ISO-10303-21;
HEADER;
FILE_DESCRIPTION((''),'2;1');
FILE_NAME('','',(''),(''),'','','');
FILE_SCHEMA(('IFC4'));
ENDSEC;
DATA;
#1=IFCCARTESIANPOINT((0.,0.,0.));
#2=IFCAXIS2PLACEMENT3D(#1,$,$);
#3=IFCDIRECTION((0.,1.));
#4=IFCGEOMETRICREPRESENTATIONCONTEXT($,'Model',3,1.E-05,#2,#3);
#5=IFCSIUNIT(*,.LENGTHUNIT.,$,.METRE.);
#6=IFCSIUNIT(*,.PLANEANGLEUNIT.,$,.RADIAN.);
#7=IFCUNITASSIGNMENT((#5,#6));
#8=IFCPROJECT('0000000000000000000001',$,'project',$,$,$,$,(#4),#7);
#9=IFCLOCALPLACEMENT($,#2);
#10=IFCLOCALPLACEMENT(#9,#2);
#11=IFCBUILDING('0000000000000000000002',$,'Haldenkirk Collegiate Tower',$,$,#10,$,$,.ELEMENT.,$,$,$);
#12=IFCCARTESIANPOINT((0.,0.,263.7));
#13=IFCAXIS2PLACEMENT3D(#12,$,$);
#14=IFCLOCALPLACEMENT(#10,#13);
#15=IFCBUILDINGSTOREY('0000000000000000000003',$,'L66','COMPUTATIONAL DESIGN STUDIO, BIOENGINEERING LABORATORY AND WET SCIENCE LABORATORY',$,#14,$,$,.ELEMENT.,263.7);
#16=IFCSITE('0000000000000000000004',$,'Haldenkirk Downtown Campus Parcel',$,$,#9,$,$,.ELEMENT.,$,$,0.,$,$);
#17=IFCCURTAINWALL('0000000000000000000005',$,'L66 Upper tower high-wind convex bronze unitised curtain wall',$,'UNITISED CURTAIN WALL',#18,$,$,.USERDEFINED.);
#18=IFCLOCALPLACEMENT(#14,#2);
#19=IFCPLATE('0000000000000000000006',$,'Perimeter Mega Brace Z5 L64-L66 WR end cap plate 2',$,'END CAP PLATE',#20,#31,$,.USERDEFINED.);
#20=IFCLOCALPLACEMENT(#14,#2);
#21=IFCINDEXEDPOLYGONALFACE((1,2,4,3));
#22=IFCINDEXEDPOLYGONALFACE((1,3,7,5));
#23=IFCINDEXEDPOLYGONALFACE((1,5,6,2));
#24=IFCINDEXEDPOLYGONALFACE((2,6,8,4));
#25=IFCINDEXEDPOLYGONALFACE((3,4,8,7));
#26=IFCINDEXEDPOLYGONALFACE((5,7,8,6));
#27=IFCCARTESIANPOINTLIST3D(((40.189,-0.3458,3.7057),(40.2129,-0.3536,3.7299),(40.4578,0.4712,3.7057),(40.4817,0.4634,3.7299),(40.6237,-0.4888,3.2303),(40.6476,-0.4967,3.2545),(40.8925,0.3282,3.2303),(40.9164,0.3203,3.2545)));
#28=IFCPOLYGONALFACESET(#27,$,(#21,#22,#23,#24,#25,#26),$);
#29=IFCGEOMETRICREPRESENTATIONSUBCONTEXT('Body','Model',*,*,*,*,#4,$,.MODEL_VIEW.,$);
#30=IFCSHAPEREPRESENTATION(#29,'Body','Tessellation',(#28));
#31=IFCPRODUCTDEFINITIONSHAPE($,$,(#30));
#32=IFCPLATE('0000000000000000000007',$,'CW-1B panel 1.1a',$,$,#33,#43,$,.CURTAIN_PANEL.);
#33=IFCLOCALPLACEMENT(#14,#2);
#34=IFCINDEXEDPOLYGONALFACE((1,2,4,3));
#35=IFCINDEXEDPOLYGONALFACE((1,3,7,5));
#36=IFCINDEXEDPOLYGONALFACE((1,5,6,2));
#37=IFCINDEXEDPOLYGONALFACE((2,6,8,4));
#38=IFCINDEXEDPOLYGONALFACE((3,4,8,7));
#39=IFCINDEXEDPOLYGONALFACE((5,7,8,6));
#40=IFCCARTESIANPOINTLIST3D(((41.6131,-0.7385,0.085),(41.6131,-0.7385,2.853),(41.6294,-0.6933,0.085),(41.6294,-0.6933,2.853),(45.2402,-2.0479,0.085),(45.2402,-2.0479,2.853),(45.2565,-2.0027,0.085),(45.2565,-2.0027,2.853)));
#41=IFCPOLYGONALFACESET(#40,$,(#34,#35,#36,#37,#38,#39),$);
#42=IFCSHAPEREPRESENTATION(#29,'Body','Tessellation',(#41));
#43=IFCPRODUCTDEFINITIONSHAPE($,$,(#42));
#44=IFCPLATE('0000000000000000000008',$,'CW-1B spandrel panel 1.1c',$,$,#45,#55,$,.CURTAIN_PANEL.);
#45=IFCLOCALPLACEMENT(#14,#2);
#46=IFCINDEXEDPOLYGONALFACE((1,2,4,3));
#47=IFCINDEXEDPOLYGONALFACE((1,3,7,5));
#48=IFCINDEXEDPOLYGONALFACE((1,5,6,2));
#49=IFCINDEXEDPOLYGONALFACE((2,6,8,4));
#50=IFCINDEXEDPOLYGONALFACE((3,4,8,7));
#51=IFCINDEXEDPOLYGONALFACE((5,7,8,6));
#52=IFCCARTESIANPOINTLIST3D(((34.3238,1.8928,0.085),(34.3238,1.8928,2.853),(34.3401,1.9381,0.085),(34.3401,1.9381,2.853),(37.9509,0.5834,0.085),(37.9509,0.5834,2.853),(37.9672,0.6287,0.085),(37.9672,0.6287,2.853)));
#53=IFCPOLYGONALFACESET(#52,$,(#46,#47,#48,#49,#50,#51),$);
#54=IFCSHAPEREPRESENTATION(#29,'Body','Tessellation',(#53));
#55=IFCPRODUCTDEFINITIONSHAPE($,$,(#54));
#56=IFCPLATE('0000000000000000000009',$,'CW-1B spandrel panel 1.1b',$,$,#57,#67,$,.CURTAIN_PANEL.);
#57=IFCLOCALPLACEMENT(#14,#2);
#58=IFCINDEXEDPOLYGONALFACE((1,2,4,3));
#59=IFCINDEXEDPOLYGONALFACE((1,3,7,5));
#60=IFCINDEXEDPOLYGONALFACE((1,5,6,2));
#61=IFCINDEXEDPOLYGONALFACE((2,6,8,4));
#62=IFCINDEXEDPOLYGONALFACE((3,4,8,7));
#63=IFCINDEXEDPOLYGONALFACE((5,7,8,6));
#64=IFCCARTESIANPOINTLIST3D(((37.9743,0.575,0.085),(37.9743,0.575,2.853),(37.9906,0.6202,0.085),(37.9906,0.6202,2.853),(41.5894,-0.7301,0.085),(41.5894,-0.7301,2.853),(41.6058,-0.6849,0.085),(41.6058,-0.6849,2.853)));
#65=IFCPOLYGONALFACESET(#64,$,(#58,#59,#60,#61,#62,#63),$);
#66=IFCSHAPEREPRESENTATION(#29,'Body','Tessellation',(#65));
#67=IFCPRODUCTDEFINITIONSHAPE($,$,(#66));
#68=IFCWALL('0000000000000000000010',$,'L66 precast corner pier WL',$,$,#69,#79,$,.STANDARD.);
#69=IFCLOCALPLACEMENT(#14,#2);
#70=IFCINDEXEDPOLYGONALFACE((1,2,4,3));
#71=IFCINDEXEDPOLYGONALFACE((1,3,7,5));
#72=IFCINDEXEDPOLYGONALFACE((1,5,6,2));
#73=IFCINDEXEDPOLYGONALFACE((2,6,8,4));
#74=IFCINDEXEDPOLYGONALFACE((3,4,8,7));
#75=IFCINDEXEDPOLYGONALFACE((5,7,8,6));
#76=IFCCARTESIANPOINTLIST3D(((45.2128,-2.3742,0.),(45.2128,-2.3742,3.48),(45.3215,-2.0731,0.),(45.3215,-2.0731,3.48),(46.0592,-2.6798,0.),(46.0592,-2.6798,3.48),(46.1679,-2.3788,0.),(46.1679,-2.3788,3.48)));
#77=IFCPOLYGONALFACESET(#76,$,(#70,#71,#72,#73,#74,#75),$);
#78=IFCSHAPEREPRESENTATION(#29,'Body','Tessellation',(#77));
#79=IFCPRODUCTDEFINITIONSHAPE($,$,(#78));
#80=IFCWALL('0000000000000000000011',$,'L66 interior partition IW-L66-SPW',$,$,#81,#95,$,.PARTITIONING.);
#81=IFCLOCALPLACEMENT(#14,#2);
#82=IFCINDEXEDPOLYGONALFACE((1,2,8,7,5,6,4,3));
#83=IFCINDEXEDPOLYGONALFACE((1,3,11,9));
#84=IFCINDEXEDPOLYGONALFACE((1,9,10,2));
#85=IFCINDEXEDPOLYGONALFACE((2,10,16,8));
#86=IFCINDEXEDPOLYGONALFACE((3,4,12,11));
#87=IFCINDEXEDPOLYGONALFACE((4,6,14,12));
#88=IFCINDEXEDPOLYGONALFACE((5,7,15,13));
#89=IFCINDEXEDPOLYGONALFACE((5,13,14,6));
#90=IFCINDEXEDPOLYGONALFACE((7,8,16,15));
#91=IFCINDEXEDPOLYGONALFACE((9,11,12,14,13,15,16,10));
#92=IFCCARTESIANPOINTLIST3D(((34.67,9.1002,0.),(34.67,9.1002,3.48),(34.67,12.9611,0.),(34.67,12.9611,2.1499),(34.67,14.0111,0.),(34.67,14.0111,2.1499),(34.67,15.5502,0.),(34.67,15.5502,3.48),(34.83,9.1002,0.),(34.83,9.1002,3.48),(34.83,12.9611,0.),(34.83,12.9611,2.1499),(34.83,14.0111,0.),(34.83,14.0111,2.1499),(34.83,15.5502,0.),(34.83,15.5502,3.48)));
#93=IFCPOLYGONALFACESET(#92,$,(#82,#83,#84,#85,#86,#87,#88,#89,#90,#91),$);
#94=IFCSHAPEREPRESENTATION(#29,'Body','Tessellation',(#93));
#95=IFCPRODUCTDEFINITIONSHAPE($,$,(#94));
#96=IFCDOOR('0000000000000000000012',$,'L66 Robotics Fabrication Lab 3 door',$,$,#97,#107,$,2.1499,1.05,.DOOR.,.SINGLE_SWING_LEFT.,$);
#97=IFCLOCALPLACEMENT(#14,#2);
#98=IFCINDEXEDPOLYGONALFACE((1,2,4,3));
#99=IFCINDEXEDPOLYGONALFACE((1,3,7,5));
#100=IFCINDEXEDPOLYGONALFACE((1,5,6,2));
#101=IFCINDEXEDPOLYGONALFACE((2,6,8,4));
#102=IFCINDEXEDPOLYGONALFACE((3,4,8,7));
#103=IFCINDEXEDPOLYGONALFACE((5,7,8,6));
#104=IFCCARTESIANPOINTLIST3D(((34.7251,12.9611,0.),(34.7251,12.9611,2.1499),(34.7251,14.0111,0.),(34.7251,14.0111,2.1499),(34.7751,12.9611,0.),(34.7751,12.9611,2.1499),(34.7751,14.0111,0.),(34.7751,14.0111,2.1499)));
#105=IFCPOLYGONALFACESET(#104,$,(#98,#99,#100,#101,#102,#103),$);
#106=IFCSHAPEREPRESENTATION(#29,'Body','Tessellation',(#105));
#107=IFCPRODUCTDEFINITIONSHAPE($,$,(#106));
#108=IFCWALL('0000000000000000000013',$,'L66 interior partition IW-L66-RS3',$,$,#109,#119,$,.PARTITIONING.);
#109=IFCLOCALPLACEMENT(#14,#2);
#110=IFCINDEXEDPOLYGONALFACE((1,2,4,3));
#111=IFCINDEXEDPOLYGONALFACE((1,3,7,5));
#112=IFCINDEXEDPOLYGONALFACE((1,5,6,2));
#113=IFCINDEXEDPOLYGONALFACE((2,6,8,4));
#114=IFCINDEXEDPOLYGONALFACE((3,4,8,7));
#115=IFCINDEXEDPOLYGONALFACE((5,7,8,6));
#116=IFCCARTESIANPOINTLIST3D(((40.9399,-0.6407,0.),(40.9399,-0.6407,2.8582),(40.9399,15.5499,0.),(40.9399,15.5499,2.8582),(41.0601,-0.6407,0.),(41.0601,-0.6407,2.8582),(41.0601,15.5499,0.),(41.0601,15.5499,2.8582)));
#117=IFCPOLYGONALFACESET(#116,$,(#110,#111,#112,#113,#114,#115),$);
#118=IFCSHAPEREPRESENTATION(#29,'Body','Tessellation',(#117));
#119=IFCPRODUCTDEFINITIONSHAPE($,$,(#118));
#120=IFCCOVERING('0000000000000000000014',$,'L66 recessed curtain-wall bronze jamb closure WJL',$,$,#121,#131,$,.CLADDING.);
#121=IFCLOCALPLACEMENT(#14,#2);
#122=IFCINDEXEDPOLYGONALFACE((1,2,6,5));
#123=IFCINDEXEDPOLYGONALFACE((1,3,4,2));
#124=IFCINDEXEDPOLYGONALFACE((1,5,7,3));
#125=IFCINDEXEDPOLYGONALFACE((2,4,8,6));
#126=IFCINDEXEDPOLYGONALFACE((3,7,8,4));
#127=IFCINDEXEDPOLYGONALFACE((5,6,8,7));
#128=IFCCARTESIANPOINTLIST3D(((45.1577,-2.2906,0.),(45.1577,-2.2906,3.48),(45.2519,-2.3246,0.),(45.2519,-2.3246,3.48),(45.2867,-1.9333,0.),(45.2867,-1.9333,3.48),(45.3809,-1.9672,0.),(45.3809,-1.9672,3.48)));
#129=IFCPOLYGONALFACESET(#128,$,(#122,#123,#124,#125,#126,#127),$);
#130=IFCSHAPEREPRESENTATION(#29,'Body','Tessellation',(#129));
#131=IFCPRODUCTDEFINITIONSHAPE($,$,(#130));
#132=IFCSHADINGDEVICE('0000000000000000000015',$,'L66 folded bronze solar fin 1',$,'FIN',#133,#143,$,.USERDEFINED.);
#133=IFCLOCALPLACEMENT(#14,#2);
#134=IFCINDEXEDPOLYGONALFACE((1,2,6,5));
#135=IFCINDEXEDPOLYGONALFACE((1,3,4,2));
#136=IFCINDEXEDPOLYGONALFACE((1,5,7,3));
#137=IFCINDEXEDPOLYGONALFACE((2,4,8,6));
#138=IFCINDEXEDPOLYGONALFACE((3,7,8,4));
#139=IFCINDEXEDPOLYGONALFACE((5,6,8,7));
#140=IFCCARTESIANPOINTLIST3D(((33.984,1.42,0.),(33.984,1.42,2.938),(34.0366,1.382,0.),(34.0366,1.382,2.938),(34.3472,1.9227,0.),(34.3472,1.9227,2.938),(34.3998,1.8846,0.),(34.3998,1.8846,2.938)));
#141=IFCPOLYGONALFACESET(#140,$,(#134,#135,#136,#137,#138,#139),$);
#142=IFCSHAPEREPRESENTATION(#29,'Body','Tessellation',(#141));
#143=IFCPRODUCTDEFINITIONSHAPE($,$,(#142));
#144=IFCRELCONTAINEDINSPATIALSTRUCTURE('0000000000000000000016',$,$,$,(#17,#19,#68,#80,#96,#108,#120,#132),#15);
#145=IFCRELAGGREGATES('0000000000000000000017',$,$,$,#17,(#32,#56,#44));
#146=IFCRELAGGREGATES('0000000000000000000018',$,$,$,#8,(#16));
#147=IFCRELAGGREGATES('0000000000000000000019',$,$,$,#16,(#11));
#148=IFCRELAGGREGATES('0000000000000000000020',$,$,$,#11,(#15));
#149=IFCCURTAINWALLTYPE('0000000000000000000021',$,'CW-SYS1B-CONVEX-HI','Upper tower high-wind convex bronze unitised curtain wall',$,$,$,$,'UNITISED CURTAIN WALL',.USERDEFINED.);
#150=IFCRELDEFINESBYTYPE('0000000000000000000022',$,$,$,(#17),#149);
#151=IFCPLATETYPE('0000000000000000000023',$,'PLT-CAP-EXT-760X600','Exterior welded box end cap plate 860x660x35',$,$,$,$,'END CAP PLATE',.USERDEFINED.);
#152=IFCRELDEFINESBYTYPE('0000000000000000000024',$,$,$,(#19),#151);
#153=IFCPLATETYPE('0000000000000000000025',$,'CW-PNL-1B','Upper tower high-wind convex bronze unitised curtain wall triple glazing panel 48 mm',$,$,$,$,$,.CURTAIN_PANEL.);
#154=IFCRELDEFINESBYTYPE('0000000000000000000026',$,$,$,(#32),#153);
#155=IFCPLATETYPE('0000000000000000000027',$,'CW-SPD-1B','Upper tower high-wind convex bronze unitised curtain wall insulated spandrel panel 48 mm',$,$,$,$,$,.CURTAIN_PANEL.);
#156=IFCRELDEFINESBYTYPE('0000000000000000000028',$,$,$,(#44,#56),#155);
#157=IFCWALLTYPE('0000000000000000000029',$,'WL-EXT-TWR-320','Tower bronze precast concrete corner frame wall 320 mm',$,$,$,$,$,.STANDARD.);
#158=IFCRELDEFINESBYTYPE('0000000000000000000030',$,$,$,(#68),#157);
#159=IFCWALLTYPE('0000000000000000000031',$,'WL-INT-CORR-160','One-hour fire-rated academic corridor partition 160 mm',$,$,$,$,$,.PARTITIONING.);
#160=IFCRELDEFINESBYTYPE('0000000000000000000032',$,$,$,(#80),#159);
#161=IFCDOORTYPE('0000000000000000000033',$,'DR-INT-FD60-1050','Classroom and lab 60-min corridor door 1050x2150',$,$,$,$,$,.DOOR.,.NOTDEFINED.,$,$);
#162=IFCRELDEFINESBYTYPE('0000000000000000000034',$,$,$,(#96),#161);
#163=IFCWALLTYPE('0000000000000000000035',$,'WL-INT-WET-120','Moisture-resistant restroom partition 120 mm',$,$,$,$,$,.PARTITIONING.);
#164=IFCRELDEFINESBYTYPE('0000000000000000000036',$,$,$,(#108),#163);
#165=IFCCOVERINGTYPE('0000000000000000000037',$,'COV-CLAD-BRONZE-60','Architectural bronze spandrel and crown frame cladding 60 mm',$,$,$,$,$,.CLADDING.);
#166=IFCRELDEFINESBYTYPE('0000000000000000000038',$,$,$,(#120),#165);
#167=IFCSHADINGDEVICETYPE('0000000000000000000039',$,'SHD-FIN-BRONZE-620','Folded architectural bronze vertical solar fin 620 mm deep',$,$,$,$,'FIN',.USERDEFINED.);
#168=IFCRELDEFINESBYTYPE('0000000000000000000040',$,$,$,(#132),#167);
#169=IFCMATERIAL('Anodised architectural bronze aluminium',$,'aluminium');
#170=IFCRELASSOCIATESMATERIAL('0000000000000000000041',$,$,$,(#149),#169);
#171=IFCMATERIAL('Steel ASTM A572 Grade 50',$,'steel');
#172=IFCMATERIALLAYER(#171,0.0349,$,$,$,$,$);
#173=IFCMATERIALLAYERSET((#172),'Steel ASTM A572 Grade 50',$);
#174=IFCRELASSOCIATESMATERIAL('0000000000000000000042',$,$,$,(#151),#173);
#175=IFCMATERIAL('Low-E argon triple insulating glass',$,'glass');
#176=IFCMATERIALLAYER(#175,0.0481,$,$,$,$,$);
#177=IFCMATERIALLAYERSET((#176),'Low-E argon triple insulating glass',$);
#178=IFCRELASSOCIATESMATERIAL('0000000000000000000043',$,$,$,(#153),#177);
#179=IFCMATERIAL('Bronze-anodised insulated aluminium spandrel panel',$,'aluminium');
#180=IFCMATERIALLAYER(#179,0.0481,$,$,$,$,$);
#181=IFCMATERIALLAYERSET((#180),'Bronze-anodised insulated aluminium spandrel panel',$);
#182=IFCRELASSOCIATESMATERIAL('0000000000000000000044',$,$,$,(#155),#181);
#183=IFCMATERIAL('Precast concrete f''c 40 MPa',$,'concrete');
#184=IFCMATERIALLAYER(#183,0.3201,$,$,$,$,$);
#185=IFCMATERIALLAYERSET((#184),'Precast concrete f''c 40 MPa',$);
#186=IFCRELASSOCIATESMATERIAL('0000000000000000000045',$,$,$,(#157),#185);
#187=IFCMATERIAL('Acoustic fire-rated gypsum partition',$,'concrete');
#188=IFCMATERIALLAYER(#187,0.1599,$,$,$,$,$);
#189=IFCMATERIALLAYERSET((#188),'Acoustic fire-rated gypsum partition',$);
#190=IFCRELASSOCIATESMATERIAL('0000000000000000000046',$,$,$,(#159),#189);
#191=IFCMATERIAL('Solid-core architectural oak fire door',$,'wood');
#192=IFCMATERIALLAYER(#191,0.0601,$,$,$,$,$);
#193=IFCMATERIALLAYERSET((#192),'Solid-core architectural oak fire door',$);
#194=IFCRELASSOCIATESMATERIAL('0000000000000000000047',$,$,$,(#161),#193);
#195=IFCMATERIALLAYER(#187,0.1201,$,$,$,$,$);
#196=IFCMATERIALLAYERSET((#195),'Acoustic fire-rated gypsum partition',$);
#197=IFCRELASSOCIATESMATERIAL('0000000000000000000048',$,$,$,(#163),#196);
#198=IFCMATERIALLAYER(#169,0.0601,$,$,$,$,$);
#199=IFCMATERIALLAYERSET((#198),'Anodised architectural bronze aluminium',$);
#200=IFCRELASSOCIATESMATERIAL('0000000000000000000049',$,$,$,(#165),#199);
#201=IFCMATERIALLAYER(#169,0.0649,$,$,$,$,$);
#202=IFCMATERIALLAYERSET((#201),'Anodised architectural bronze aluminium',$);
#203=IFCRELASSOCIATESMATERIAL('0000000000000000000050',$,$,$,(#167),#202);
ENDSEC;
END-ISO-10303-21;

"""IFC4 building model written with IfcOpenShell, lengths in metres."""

from ifc_helpers import new_model, si_unit, direction, frame, frame_2d, origin, origin_2d, place, context, subcontext, project, spatial, rectangle, extrude, source, transform, mapped, material, layer, layer_set, type_object, element, fill, aggregate, save


model = new_model("IFC4")

# Units and contexts
model_context = context("Model", 3, precision=1e-05, world=origin(), true_north=direction((0.0, 1.0)))
body_context = subcontext(model_context, "Body", "Model", "MODEL_VIEW")
ifc_project = project(units=[si_unit("LENGTHUNIT", "METRE"), si_unit("PLANEANGLEUNIT", "RADIAN")], contexts=[model_context])

# Site, building, storey
site_placement = place(None, origin())
site = spatial("IfcSite", under=ifc_project, at=site_placement, Name="Haldenkirk Downtown Campus Parcel", CompositionType="ELEMENT", RefElevation=0.0)
building_placement = place(site_placement, origin())
building = spatial("IfcBuilding", under=site, at=building_placement, Name="Haldenkirk Collegiate Tower", CompositionType="ELEMENT")
storey_placement = place(building_placement, frame((0.0, 0.0, 263.7)))
storey = spatial("IfcBuildingStorey", under=building, at=storey_placement, Name="L66", Description="COMPUTATIONAL DESIGN STUDIO, BIOENGINEERING LABORATORY AND WET SCIENCE LABORATORY", CompositionType="ELEMENT", Elevation=263.7)

# Curtain wall
ifc_material_1 = material(Name="Anodised architectural bronze aluminium", Category="aluminium")
curtain_wall_type = type_object("IfcCurtainWallType", Name="CW-SYS1B-CONVEX-HI", Description="Upper tower high-wind convex bronze unitised curtain wall", ElementType="UNITISED CURTAIN WALL", PredefinedType="USERDEFINED", material=ifc_material_1)
curtain_wall_placement = place(storey_placement, origin())
curtain_wall = element("IfcCurtainWall", 1, at=curtain_wall_placement, inside=storey, type_object=curtain_wall_type, Name="L66 Upper tower high-wind convex bronze unitised curtain wall", ObjectType="UNITISED CURTAIN WALL", PredefinedType="USERDEFINED")

# Plates
ifc_material_2 = material(Name="Steel ASTM A572 Grade 50", Category="steel")
ifc_layer_1 = layer(ifc_material_2, 0.0349)
ifc_layer_set_1 = layer_set([ifc_layer_1], Name="Steel ASTM A572 Grade 50")
plate_type_1 = type_object("IfcPlateType", Name="PLT-CAP-EXT-760X600", Description="Exterior welded box end cap plate 860x660x35", ElementType="END CAP PLATE", PredefinedType="USERDEFINED", material=ifc_layer_set_1)
shared_shape_1 = source(origin(), body_context, "Body", "SweptSolid", [
    extrude(rectangle(XDim=0.8601, YDim=0.6599, at=origin_2d()), origin(), (0.0, 0.0, 1.0), 0.0349),
])
plate_1_placement = place(storey_placement, frame((40.5408, -0.0088, 3.468), z_axis=(0.684355, -0.225155, 0.693515), x_axis=(0.312524, 0.94991, 0.0)))
element("IfcPlate", 2, at=plate_1_placement, inside=storey, type_object=plate_type_1, Name="Perimeter Mega Brace Z5 L64-L66 WR end cap plate 2", ObjectType="END CAP PLATE", PredefinedType="USERDEFINED", context=body_context, shape_type="MappedRepresentation", body=[
    mapped(shared_shape_1, transform((0.0, 0.0, 0.0), x_axis=(1.0, 0.0, 0.0), y_axis=(0.0, 1.0, 0.0), z_axis=(0.0, 0.0, 1.0), scale=1.0)),
])
ifc_material_3 = material(Name="Low-E argon triple insulating glass", Category="glass")
ifc_layer_2 = layer(ifc_material_3, 0.0481)
ifc_layer_set_2 = layer_set([ifc_layer_2], Name="Low-E argon triple insulating glass")
plate_type_2 = type_object("IfcPlateType", Name="CW-PNL-1B", Description="Upper tower high-wind convex bronze unitised curtain wall triple glazing panel 48 mm", PredefinedType="CURTAIN_PANEL", material=ifc_layer_set_2)
shared_shape_2 = source(origin(), body_context, "Body", "SweptSolid", [
    extrude(rectangle(XDim=3.8562, YDim=0.0481, at=origin_2d()), origin(), (0.0, 0.0, 1.0), 2.7681),
])
plate_2_placement = place(storey_placement, frame((43.4348, -1.3706, 0.085), z_axis=(0.0, 0.0, 1.0), x_axis=(-0.940585, 0.339559, 0.0)))
plate_2 = element("IfcPlate", 3, at=plate_2_placement, type_object=plate_type_2, Name="CW-1B panel 1.1a", PredefinedType="CURTAIN_PANEL", context=body_context, shape_type="MappedRepresentation", body=[
    mapped(shared_shape_2, transform((0.0, 0.0, 0.0), x_axis=(1.0, 0.0, 0.0), y_axis=(0.0, 1.0, 0.0), z_axis=(0.0, 0.0, 1.0), scale=1.0)),
])
ifc_material_4 = material(Name="Bronze-anodised insulated aluminium spandrel panel", Category="aluminium")
ifc_layer_3 = layer(ifc_material_4, 0.0481)
ifc_layer_set_3 = layer_set([ifc_layer_3], Name="Bronze-anodised insulated aluminium spandrel panel")
plate_type_3 = type_object("IfcPlateType", Name="CW-SPD-1B", Description="Upper tower high-wind convex bronze unitised curtain wall insulated spandrel panel 48 mm", PredefinedType="CURTAIN_PANEL", material=ifc_layer_set_3)
plate_3_placement = place(storey_placement, frame((36.1455, 1.2607, 0.085), z_axis=(0.0, 0.0, 1.0), x_axis=(-0.940585, 0.339559, 0.0)))
plate_3 = element("IfcPlate", 4, at=plate_3_placement, type_object=plate_type_3, Name="CW-1B spandrel panel 1.1c", PredefinedType="CURTAIN_PANEL", context=body_context, shape_type="MappedRepresentation", body=[
    mapped(shared_shape_2, transform((0.0, 0.0, 0.0), x_axis=(1.0, 0.0, 0.0), y_axis=(0.0, 1.0, 0.0), z_axis=(0.0, 0.0, 1.0), scale=1.0)),
])
shared_shape_3 = source(origin(), body_context, "Body", "SweptSolid", [
    extrude(rectangle(XDim=3.8435, YDim=0.0481, at=origin_2d()), origin(), (0.0, 0.0, 1.0), 2.7681),
])
plate_4_placement = place(storey_placement, frame((39.79, -0.0549, 0.085), z_axis=(0.0, 0.0, 1.0), x_axis=(-0.940585, 0.339559, 0.0)))
plate_4 = element("IfcPlate", 5, at=plate_4_placement, type_object=plate_type_3, Name="CW-1B spandrel panel 1.1b", PredefinedType="CURTAIN_PANEL", context=body_context, shape_type="MappedRepresentation", body=[
    mapped(shared_shape_3, transform((0.0, 0.0, 0.0), x_axis=(1.0, 0.0, 0.0), y_axis=(0.0, 1.0, 0.0), z_axis=(0.0, 0.0, 1.0), scale=1.0)),
])
aggregate(curtain_wall, [plate_2, plate_4, plate_3])

# Wall
ifc_material_5 = material(Name="Precast concrete f'c 40 MPa", Category="concrete")
ifc_layer_4 = layer(ifc_material_5, 0.3201)
ifc_layer_set_4 = layer_set([ifc_layer_4], Name="Precast concrete f'c 40 MPa")
wall_type_1 = type_object("IfcWallType", Name="WL-EXT-TWR-320", Description="Tower bronze precast concrete corner frame wall 320 mm", PredefinedType="STANDARD", material=ifc_layer_set_4)
wall_1_placement = place(storey_placement, frame((46.1135, -2.5293, 0.0), z_axis=(0.0, 0.0, 1.0), x_axis=(-0.940551, 0.339651, 0.0)))
element("IfcWall", 6, at=wall_1_placement, inside=storey, type_object=wall_type_1, Name="L66 precast corner pier WL", PredefinedType="STANDARD", context=body_context, shape_type="SweptSolid", body=[
    extrude(rectangle(XDim=0.8999, YDim=0.3201, at=frame_2d((0.45, 0.0))), origin(), (0.0, 0.0, 1.0), 3.48),
])

# Wall, opening, door
ifc_material_6 = material(Name="Acoustic fire-rated gypsum partition", Category="concrete")
ifc_layer_5 = layer(ifc_material_6, 0.1599)
ifc_layer_set_5 = layer_set([ifc_layer_5], Name="Acoustic fire-rated gypsum partition")
wall_type_2 = type_object("IfcWallType", Name="WL-INT-CORR-160", Description="One-hour fire-rated academic corridor partition 160 mm", PredefinedType="PARTITIONING", material=ifc_layer_set_5)
wall_2_placement = place(storey_placement, frame((34.75, 9.1001, 0.0), z_axis=(0.0, 0.0, 1.0), x_axis=(0.0, 1.0, 0.0)))
wall_2 = element("IfcWall", 7, at=wall_2_placement, inside=storey, type_object=wall_type_2, Name="L66 interior partition IW-L66-SPW", PredefinedType="PARTITIONING", context=body_context, shape_type="SweptSolid", body=[
    extrude(rectangle(XDim=6.45, YDim=0.1599, at=frame_2d((3.2251, 0.0))), origin(), (0.0, 0.0, 1.0), 3.48),
])
opening_placement = place(wall_2_placement, frame((3.8611, 0.0, 0.0)))
opening = element("IfcOpeningElement", 8, at=opening_placement, cuts=wall_2, PredefinedType="OPENING", context=body_context, shape_type="SweptSolid", body=[
    extrude(rectangle(XDim=1.05, YDim=2.1499, at=frame_2d((0.5249, 1.075))), frame((0.0, 0.0898, 0.0), z_axis=(0.0, -1.0, 0.0), x_axis=(1.0, 0.0, 0.0)), (0.0, 0.0, 1.0), 0.1799),
])
ifc_material_7 = material(Name="Solid-core architectural oak fire door", Category="wood")
ifc_layer_6 = layer(ifc_material_7, 0.0601)
ifc_layer_set_6 = layer_set([ifc_layer_6], Name="Solid-core architectural oak fire door")
door_type = type_object("IfcDoorType", Name="DR-INT-FD60-1050", Description="Classroom and lab 60-min corridor door 1050x2150", OperationType="NOTDEFINED", PredefinedType="DOOR", material=ifc_layer_set_6)
door_placement = place(opening_placement, origin())
door = element("IfcDoor", 9, at=door_placement, inside=storey, type_object=door_type, Name="L66 Robotics Fabrication Lab 3 door", OperationType="SINGLE_SWING_LEFT", OverallHeight=2.1499, OverallWidth=1.05, PredefinedType="DOOR", context=body_context, shape_type="SweptSolid", body=[
    extrude(rectangle(XDim=1.05, YDim=2.1499, at=frame_2d((0.5249, 1.075))), frame((0.0, 0.0249, 0.0), z_axis=(0.0, -1.0, 0.0), x_axis=(1.0, 0.0, 0.0)), (0.0, 0.0, 1.0), 0.05),
])
fill(opening, door)

# Wall
ifc_layer_7 = layer(ifc_material_6, 0.1201)
ifc_layer_set_7 = layer_set([ifc_layer_7], Name="Acoustic fire-rated gypsum partition")
wall_type_3 = type_object("IfcWallType", Name="WL-INT-WET-120", Description="Moisture-resistant restroom partition 120 mm", PredefinedType="PARTITIONING", material=ifc_layer_set_7)
wall_3_placement = place(storey_placement, frame((41.0, -0.6406, 0.0), z_axis=(0.0, 0.0, 1.0), x_axis=(0.0, 1.0, 0.0)))
element("IfcWall", 10, at=wall_3_placement, inside=storey, type_object=wall_type_3, Name="L66 interior partition IW-L66-RS3", PredefinedType="PARTITIONING", context=body_context, shape_type="SweptSolid", body=[
    extrude(rectangle(XDim=16.1907, YDim=0.1201, at=frame_2d((8.0952, 0.0))), origin(), (0.0, 0.0, 1.0), 2.8582),
])

# Covering
ifc_layer_8 = layer(ifc_material_1, 0.0601)
ifc_layer_set_8 = layer_set([ifc_layer_8], Name="Anodised architectural bronze aluminium")
covering_type = type_object("IfcCoveringType", Name="COV-CLAD-BRONZE-60", Description="Architectural bronze spandrel and crown frame cladding 60 mm", PredefinedType="CLADDING", material=ifc_layer_set_8)
shared_shape_4 = source(origin(), body_context, "Body", "SweptSolid", [
    extrude(rectangle(XDim=0.1001, YDim=0.3799, at=origin_2d()), origin(), (0.0, 0.0, 1.0), 3.48),
])
covering_placement = place(storey_placement, frame((45.2693, -2.1289, 0.0), z_axis=(0.0, 0.0, 1.0), x_axis=(-0.940585, 0.339559, 0.0)))
element("IfcCovering", 11, at=covering_placement, inside=storey, type_object=covering_type, Name="L66 recessed curtain-wall bronze jamb closure WJL", PredefinedType="CLADDING", context=body_context, shape_type="MappedRepresentation", body=[
    mapped(shared_shape_4, transform((0.0, 0.0, 0.0), x_axis=(1.0, 0.0, 0.0), y_axis=(0.0, 1.0, 0.0), z_axis=(0.0, 0.0, 1.0), scale=1.0)),
])

# Shading device
ifc_layer_9 = layer(ifc_material_1, 0.0649)
ifc_layer_set_9 = layer_set([ifc_layer_9], Name="Anodised architectural bronze aluminium")
shading_device_type = type_object("IfcShadingDeviceType", Name="SHD-FIN-BRONZE-620", Description="Folded architectural bronze vertical solar fin 620 mm deep", ElementType="FIN", PredefinedType="USERDEFINED", material=ifc_layer_set_9)
shared_shape_5 = source(origin(), body_context, "Body", "SweptSolid", [
    extrude(rectangle(XDim=0.6201, YDim=0.0649, at=origin_2d()), origin(), (0.0, 0.0, 1.0), 2.938),
])
shading_device_placement = place(storey_placement, frame((34.1919, 1.6523, 0.0), z_axis=(0.0, 0.0, 1.0), x_axis=(-0.585665, -0.810553, 0.0)))
element("IfcShadingDevice", 12, at=shading_device_placement, inside=storey, type_object=shading_device_type, Name="L66 folded bronze solar fin 1", ObjectType="FIN", PredefinedType="USERDEFINED", context=body_context, shape_type="MappedRepresentation", body=[
    mapped(shared_shape_5, transform((0.0, 0.0, 0.0), x_axis=(1.0, 0.0, 0.0), y_axis=(0.0, 1.0, 0.0), z_axis=(0.0, 0.0, 1.0), scale=1.0)),
])

save(model, "model.ifc")
